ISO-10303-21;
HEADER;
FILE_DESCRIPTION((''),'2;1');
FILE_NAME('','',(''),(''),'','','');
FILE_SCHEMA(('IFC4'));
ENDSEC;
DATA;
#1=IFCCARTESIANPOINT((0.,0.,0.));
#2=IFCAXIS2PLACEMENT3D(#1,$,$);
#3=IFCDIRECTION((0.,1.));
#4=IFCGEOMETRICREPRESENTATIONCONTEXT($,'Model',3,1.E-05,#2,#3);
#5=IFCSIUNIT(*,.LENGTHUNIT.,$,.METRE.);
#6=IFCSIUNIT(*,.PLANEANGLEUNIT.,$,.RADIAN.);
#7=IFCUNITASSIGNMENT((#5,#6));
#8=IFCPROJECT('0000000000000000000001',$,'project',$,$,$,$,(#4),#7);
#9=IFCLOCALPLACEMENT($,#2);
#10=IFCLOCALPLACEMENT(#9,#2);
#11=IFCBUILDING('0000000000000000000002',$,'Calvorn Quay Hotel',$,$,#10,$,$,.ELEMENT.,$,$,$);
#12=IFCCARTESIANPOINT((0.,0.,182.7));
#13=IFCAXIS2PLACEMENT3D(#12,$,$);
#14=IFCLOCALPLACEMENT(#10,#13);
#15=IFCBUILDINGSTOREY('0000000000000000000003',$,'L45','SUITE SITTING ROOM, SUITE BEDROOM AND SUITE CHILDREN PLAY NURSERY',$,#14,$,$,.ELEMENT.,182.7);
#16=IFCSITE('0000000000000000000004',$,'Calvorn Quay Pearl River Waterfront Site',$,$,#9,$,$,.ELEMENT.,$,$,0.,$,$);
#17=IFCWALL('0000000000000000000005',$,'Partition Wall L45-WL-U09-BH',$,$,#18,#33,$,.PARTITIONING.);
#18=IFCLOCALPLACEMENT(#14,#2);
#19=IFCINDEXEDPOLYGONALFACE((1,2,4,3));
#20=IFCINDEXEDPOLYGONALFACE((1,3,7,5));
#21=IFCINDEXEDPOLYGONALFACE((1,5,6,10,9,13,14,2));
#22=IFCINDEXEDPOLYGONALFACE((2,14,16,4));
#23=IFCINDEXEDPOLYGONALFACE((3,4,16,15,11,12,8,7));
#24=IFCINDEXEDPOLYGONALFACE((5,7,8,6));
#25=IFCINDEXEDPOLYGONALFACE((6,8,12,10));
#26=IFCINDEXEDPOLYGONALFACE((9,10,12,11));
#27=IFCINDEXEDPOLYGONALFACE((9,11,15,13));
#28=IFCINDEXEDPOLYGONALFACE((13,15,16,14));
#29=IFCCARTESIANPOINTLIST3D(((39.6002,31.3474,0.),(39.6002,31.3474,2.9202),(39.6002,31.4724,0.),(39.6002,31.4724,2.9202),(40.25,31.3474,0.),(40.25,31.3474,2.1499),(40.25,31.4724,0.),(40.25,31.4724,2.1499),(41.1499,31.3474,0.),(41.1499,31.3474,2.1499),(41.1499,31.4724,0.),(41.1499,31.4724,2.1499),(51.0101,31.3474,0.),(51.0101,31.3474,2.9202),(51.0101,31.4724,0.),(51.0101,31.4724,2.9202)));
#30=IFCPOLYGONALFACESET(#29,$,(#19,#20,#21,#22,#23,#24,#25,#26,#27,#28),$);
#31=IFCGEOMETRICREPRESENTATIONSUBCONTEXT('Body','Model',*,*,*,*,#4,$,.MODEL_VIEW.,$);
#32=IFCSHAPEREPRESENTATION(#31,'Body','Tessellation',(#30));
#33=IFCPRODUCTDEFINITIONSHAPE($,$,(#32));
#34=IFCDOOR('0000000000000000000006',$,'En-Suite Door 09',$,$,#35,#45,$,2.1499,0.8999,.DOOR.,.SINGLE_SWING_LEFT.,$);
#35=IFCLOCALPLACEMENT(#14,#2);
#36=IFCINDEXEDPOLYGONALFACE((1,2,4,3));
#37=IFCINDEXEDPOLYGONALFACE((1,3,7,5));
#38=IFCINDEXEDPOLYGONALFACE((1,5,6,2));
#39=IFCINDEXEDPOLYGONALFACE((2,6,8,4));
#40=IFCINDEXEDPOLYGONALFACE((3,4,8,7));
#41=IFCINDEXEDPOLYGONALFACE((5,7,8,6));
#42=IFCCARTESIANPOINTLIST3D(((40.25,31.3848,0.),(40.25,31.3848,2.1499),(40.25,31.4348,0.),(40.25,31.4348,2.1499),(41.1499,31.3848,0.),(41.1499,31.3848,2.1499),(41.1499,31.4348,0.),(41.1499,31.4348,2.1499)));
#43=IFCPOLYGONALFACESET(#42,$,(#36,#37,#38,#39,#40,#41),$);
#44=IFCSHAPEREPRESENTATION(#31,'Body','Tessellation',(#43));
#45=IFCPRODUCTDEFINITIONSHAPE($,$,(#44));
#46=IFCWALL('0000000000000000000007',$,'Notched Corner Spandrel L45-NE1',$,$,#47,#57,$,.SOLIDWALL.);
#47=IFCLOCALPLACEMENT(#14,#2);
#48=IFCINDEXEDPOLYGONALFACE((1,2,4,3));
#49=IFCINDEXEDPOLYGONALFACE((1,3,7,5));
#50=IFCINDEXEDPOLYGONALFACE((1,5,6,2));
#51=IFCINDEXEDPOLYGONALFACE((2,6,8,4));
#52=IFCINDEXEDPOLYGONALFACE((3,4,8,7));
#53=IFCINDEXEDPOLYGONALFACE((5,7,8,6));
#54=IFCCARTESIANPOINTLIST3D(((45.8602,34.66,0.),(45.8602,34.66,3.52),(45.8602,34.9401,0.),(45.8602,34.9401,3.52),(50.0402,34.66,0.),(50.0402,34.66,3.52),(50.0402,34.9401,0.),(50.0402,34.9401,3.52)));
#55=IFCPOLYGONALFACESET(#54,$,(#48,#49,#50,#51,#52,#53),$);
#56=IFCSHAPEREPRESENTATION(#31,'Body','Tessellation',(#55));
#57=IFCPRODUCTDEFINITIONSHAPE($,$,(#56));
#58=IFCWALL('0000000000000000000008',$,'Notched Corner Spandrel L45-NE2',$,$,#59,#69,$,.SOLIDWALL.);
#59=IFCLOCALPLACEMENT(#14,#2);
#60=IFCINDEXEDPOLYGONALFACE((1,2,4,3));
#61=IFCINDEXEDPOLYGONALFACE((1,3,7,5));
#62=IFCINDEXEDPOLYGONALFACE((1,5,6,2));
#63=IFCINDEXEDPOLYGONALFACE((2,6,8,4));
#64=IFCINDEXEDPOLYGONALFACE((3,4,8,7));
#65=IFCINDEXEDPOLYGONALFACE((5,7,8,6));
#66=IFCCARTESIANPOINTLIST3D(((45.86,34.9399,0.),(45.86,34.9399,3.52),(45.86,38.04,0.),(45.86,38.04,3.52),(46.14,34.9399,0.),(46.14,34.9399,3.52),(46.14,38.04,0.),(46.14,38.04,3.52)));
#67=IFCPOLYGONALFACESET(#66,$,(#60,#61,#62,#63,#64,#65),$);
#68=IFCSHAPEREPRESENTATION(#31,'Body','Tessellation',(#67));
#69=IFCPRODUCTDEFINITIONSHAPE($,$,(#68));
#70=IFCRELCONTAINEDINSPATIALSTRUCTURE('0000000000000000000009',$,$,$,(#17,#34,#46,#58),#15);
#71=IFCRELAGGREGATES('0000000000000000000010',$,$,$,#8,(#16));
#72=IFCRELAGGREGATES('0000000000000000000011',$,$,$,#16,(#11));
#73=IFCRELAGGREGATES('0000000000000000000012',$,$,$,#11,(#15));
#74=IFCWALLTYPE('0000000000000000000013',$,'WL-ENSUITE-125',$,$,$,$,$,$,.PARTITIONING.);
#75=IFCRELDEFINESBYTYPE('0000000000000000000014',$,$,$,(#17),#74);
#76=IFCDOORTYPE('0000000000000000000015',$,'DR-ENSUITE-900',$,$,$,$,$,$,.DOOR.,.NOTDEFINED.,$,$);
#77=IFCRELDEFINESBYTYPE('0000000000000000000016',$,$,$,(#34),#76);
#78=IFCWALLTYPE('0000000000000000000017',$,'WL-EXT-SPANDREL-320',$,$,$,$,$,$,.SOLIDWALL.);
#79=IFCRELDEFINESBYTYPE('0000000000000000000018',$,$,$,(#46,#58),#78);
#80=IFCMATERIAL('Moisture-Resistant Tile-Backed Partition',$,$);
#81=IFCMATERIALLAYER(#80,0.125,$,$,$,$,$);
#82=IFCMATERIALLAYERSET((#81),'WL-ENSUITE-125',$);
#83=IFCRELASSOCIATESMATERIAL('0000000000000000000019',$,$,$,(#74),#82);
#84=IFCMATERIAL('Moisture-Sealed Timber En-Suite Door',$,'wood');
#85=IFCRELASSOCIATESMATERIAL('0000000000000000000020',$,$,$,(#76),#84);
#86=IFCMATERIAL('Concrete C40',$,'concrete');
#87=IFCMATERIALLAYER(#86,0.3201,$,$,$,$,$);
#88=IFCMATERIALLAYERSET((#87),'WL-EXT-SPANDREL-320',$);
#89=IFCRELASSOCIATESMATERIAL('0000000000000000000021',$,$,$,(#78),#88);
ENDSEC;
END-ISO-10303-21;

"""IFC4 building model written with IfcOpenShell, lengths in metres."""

from ifc_helpers import new_model, si_unit, direction, frame, frame_2d, origin, place, context, subcontext, project, spatial, rectangle, extrude, material, layer, layer_set, type_object, element, fill, save


model = new_model("IFC4")

# Units and contexts
model_context = context("Model", 3, precision=1e-05, world=origin(), true_north=direction((0.0, 1.0)))
body_context = subcontext(model_context, "Body", "Model", "MODEL_VIEW")
ifc_project = project(units=[si_unit("LENGTHUNIT", "METRE"), si_unit("PLANEANGLEUNIT", "RADIAN")], contexts=[model_context])

# Site, building, storey
site_placement = place(None, origin())
site = spatial("IfcSite", under=ifc_project, at=site_placement, Name="Calvorn Quay Pearl River Waterfront Site", CompositionType="ELEMENT", RefElevation=0.0)
building_placement = place(site_placement, origin())
building = spatial("IfcBuilding", under=site, at=building_placement, Name="Calvorn Quay Hotel", CompositionType="ELEMENT")
storey_placement = place(building_placement, frame((0.0, 0.0, 182.7)))
storey = spatial("IfcBuildingStorey", under=building, at=storey_placement, Name="L45", Description="SUITE SITTING ROOM, SUITE BEDROOM AND SUITE CHILDREN PLAY NURSERY", CompositionType="ELEMENT", Elevation=182.7)

# Wall, opening, door
ifc_material_1 = material(Name="Moisture-Resistant Tile-Backed Partition")
ifc_layer_1 = layer(ifc_material_1, 0.125)
ifc_layer_set_1 = layer_set([ifc_layer_1], Name="WL-ENSUITE-125")
wall_type_1 = type_object("IfcWallType", Name="WL-ENSUITE-125", PredefinedType="PARTITIONING", material=ifc_layer_set_1)
wall_1_placement = place(storey_placement, frame((39.6001, 31.4099, 0.0), z_axis=(0.0, 0.0, 1.0), x_axis=(1.0, 0.0, 0.0)))
wall_1 = element("IfcWall", 1, at=wall_1_placement, inside=storey, type_object=wall_type_1, Name="Partition Wall L45-WL-U09-BH", PredefinedType="PARTITIONING", context=body_context, shape_type="SweptSolid", body=[
    extrude(rectangle(XDim=11.4099, YDim=0.125, at=frame_2d((5.7051, 0.0))), origin(), (0.0, 0.0, 1.0), 2.9202),
])
opening_placement = place(wall_1_placement, frame((0.6499, 0.0, 0.0)))
opening = element("IfcOpeningElement", 2, at=opening_placement, cuts=wall_1, PredefinedType="OPENING", context=body_context, shape_type="SweptSolid", body=[
    extrude(rectangle(XDim=0.8999, YDim=2.1499, at=frame_2d((0.45, 1.075))), frame((0.0, 0.0725, 0.0), z_axis=(0.0, -1.0, 0.0), x_axis=(1.0, 0.0, 0.0)), (0.0, 0.0, 1.0), 0.145),
])
ifc_material_2 = material(Name="Moisture-Sealed Timber En-Suite Door", Category="wood")
door_type = type_object("IfcDoorType", Name="DR-ENSUITE-900", OperationType="NOTDEFINED", PredefinedType="DOOR", material=ifc_material_2)
door_placement = place(opening_placement, origin())
door = element("IfcDoor", 3, at=door_placement, inside=storey, type_object=door_type, Name="En-Suite Door 09", OperationType="SINGLE_SWING_LEFT", OverallHeight=2.1499, OverallWidth=0.8999, PredefinedType="DOOR", context=body_context, shape_type="SweptSolid", body=[
    extrude(rectangle(XDim=0.8999, YDim=2.1499, at=frame_2d((0.45, 1.075))), frame((0.0, 0.0249, 0.0), z_axis=(0.0, -1.0, 0.0), x_axis=(1.0, 0.0, 0.0)), (0.0, 0.0, 1.0), 0.05),
])
fill(opening, door)

# Walls
ifc_material_3 = material(Name="Concrete C40", Category="concrete")
ifc_layer_2 = layer(ifc_material_3, 0.3201)
ifc_layer_set_2 = layer_set([ifc_layer_2], Name="WL-EXT-SPANDREL-320")
wall_type_2 = type_object("IfcWallType", Name="WL-EXT-SPANDREL-320", PredefinedType="SOLIDWALL", material=ifc_layer_set_2)
wall_2_placement = place(storey_placement, frame((50.04, 34.8, 0.0), z_axis=(0.0, 0.0, 1.0), x_axis=(-1.0, 0.0, 0.0)))
element("IfcWall", 4, at=wall_2_placement, inside=storey, type_object=wall_type_2, Name="Notched Corner Spandrel L45-NE1", PredefinedType="SOLIDWALL", context=body_context, shape_type="SweptSolid", body=[
    extrude(rectangle(XDim=4.1799, YDim=0.28, at=frame_2d((2.0898, 0.0))), origin(), (0.0, 0.0, 1.0), 3.52),
])
wall_3_placement = place(storey_placement, frame((46.0, 34.9399, 0.0), z_axis=(0.0, 0.0, 1.0), x_axis=(0.0, 1.0, 0.0)))
element("IfcWall", 5, at=wall_3_placement, inside=storey, type_object=wall_type_2, Name="Notched Corner Spandrel L45-NE2", PredefinedType="SOLIDWALL", context=body_context, shape_type="SweptSolid", body=[
    extrude(rectangle(XDim=3.1001, YDim=0.28, at=frame_2d((1.55, 0.0))), origin(), (0.0, 0.0, 1.0), 3.52),
])

save(model, "model.ifc")
